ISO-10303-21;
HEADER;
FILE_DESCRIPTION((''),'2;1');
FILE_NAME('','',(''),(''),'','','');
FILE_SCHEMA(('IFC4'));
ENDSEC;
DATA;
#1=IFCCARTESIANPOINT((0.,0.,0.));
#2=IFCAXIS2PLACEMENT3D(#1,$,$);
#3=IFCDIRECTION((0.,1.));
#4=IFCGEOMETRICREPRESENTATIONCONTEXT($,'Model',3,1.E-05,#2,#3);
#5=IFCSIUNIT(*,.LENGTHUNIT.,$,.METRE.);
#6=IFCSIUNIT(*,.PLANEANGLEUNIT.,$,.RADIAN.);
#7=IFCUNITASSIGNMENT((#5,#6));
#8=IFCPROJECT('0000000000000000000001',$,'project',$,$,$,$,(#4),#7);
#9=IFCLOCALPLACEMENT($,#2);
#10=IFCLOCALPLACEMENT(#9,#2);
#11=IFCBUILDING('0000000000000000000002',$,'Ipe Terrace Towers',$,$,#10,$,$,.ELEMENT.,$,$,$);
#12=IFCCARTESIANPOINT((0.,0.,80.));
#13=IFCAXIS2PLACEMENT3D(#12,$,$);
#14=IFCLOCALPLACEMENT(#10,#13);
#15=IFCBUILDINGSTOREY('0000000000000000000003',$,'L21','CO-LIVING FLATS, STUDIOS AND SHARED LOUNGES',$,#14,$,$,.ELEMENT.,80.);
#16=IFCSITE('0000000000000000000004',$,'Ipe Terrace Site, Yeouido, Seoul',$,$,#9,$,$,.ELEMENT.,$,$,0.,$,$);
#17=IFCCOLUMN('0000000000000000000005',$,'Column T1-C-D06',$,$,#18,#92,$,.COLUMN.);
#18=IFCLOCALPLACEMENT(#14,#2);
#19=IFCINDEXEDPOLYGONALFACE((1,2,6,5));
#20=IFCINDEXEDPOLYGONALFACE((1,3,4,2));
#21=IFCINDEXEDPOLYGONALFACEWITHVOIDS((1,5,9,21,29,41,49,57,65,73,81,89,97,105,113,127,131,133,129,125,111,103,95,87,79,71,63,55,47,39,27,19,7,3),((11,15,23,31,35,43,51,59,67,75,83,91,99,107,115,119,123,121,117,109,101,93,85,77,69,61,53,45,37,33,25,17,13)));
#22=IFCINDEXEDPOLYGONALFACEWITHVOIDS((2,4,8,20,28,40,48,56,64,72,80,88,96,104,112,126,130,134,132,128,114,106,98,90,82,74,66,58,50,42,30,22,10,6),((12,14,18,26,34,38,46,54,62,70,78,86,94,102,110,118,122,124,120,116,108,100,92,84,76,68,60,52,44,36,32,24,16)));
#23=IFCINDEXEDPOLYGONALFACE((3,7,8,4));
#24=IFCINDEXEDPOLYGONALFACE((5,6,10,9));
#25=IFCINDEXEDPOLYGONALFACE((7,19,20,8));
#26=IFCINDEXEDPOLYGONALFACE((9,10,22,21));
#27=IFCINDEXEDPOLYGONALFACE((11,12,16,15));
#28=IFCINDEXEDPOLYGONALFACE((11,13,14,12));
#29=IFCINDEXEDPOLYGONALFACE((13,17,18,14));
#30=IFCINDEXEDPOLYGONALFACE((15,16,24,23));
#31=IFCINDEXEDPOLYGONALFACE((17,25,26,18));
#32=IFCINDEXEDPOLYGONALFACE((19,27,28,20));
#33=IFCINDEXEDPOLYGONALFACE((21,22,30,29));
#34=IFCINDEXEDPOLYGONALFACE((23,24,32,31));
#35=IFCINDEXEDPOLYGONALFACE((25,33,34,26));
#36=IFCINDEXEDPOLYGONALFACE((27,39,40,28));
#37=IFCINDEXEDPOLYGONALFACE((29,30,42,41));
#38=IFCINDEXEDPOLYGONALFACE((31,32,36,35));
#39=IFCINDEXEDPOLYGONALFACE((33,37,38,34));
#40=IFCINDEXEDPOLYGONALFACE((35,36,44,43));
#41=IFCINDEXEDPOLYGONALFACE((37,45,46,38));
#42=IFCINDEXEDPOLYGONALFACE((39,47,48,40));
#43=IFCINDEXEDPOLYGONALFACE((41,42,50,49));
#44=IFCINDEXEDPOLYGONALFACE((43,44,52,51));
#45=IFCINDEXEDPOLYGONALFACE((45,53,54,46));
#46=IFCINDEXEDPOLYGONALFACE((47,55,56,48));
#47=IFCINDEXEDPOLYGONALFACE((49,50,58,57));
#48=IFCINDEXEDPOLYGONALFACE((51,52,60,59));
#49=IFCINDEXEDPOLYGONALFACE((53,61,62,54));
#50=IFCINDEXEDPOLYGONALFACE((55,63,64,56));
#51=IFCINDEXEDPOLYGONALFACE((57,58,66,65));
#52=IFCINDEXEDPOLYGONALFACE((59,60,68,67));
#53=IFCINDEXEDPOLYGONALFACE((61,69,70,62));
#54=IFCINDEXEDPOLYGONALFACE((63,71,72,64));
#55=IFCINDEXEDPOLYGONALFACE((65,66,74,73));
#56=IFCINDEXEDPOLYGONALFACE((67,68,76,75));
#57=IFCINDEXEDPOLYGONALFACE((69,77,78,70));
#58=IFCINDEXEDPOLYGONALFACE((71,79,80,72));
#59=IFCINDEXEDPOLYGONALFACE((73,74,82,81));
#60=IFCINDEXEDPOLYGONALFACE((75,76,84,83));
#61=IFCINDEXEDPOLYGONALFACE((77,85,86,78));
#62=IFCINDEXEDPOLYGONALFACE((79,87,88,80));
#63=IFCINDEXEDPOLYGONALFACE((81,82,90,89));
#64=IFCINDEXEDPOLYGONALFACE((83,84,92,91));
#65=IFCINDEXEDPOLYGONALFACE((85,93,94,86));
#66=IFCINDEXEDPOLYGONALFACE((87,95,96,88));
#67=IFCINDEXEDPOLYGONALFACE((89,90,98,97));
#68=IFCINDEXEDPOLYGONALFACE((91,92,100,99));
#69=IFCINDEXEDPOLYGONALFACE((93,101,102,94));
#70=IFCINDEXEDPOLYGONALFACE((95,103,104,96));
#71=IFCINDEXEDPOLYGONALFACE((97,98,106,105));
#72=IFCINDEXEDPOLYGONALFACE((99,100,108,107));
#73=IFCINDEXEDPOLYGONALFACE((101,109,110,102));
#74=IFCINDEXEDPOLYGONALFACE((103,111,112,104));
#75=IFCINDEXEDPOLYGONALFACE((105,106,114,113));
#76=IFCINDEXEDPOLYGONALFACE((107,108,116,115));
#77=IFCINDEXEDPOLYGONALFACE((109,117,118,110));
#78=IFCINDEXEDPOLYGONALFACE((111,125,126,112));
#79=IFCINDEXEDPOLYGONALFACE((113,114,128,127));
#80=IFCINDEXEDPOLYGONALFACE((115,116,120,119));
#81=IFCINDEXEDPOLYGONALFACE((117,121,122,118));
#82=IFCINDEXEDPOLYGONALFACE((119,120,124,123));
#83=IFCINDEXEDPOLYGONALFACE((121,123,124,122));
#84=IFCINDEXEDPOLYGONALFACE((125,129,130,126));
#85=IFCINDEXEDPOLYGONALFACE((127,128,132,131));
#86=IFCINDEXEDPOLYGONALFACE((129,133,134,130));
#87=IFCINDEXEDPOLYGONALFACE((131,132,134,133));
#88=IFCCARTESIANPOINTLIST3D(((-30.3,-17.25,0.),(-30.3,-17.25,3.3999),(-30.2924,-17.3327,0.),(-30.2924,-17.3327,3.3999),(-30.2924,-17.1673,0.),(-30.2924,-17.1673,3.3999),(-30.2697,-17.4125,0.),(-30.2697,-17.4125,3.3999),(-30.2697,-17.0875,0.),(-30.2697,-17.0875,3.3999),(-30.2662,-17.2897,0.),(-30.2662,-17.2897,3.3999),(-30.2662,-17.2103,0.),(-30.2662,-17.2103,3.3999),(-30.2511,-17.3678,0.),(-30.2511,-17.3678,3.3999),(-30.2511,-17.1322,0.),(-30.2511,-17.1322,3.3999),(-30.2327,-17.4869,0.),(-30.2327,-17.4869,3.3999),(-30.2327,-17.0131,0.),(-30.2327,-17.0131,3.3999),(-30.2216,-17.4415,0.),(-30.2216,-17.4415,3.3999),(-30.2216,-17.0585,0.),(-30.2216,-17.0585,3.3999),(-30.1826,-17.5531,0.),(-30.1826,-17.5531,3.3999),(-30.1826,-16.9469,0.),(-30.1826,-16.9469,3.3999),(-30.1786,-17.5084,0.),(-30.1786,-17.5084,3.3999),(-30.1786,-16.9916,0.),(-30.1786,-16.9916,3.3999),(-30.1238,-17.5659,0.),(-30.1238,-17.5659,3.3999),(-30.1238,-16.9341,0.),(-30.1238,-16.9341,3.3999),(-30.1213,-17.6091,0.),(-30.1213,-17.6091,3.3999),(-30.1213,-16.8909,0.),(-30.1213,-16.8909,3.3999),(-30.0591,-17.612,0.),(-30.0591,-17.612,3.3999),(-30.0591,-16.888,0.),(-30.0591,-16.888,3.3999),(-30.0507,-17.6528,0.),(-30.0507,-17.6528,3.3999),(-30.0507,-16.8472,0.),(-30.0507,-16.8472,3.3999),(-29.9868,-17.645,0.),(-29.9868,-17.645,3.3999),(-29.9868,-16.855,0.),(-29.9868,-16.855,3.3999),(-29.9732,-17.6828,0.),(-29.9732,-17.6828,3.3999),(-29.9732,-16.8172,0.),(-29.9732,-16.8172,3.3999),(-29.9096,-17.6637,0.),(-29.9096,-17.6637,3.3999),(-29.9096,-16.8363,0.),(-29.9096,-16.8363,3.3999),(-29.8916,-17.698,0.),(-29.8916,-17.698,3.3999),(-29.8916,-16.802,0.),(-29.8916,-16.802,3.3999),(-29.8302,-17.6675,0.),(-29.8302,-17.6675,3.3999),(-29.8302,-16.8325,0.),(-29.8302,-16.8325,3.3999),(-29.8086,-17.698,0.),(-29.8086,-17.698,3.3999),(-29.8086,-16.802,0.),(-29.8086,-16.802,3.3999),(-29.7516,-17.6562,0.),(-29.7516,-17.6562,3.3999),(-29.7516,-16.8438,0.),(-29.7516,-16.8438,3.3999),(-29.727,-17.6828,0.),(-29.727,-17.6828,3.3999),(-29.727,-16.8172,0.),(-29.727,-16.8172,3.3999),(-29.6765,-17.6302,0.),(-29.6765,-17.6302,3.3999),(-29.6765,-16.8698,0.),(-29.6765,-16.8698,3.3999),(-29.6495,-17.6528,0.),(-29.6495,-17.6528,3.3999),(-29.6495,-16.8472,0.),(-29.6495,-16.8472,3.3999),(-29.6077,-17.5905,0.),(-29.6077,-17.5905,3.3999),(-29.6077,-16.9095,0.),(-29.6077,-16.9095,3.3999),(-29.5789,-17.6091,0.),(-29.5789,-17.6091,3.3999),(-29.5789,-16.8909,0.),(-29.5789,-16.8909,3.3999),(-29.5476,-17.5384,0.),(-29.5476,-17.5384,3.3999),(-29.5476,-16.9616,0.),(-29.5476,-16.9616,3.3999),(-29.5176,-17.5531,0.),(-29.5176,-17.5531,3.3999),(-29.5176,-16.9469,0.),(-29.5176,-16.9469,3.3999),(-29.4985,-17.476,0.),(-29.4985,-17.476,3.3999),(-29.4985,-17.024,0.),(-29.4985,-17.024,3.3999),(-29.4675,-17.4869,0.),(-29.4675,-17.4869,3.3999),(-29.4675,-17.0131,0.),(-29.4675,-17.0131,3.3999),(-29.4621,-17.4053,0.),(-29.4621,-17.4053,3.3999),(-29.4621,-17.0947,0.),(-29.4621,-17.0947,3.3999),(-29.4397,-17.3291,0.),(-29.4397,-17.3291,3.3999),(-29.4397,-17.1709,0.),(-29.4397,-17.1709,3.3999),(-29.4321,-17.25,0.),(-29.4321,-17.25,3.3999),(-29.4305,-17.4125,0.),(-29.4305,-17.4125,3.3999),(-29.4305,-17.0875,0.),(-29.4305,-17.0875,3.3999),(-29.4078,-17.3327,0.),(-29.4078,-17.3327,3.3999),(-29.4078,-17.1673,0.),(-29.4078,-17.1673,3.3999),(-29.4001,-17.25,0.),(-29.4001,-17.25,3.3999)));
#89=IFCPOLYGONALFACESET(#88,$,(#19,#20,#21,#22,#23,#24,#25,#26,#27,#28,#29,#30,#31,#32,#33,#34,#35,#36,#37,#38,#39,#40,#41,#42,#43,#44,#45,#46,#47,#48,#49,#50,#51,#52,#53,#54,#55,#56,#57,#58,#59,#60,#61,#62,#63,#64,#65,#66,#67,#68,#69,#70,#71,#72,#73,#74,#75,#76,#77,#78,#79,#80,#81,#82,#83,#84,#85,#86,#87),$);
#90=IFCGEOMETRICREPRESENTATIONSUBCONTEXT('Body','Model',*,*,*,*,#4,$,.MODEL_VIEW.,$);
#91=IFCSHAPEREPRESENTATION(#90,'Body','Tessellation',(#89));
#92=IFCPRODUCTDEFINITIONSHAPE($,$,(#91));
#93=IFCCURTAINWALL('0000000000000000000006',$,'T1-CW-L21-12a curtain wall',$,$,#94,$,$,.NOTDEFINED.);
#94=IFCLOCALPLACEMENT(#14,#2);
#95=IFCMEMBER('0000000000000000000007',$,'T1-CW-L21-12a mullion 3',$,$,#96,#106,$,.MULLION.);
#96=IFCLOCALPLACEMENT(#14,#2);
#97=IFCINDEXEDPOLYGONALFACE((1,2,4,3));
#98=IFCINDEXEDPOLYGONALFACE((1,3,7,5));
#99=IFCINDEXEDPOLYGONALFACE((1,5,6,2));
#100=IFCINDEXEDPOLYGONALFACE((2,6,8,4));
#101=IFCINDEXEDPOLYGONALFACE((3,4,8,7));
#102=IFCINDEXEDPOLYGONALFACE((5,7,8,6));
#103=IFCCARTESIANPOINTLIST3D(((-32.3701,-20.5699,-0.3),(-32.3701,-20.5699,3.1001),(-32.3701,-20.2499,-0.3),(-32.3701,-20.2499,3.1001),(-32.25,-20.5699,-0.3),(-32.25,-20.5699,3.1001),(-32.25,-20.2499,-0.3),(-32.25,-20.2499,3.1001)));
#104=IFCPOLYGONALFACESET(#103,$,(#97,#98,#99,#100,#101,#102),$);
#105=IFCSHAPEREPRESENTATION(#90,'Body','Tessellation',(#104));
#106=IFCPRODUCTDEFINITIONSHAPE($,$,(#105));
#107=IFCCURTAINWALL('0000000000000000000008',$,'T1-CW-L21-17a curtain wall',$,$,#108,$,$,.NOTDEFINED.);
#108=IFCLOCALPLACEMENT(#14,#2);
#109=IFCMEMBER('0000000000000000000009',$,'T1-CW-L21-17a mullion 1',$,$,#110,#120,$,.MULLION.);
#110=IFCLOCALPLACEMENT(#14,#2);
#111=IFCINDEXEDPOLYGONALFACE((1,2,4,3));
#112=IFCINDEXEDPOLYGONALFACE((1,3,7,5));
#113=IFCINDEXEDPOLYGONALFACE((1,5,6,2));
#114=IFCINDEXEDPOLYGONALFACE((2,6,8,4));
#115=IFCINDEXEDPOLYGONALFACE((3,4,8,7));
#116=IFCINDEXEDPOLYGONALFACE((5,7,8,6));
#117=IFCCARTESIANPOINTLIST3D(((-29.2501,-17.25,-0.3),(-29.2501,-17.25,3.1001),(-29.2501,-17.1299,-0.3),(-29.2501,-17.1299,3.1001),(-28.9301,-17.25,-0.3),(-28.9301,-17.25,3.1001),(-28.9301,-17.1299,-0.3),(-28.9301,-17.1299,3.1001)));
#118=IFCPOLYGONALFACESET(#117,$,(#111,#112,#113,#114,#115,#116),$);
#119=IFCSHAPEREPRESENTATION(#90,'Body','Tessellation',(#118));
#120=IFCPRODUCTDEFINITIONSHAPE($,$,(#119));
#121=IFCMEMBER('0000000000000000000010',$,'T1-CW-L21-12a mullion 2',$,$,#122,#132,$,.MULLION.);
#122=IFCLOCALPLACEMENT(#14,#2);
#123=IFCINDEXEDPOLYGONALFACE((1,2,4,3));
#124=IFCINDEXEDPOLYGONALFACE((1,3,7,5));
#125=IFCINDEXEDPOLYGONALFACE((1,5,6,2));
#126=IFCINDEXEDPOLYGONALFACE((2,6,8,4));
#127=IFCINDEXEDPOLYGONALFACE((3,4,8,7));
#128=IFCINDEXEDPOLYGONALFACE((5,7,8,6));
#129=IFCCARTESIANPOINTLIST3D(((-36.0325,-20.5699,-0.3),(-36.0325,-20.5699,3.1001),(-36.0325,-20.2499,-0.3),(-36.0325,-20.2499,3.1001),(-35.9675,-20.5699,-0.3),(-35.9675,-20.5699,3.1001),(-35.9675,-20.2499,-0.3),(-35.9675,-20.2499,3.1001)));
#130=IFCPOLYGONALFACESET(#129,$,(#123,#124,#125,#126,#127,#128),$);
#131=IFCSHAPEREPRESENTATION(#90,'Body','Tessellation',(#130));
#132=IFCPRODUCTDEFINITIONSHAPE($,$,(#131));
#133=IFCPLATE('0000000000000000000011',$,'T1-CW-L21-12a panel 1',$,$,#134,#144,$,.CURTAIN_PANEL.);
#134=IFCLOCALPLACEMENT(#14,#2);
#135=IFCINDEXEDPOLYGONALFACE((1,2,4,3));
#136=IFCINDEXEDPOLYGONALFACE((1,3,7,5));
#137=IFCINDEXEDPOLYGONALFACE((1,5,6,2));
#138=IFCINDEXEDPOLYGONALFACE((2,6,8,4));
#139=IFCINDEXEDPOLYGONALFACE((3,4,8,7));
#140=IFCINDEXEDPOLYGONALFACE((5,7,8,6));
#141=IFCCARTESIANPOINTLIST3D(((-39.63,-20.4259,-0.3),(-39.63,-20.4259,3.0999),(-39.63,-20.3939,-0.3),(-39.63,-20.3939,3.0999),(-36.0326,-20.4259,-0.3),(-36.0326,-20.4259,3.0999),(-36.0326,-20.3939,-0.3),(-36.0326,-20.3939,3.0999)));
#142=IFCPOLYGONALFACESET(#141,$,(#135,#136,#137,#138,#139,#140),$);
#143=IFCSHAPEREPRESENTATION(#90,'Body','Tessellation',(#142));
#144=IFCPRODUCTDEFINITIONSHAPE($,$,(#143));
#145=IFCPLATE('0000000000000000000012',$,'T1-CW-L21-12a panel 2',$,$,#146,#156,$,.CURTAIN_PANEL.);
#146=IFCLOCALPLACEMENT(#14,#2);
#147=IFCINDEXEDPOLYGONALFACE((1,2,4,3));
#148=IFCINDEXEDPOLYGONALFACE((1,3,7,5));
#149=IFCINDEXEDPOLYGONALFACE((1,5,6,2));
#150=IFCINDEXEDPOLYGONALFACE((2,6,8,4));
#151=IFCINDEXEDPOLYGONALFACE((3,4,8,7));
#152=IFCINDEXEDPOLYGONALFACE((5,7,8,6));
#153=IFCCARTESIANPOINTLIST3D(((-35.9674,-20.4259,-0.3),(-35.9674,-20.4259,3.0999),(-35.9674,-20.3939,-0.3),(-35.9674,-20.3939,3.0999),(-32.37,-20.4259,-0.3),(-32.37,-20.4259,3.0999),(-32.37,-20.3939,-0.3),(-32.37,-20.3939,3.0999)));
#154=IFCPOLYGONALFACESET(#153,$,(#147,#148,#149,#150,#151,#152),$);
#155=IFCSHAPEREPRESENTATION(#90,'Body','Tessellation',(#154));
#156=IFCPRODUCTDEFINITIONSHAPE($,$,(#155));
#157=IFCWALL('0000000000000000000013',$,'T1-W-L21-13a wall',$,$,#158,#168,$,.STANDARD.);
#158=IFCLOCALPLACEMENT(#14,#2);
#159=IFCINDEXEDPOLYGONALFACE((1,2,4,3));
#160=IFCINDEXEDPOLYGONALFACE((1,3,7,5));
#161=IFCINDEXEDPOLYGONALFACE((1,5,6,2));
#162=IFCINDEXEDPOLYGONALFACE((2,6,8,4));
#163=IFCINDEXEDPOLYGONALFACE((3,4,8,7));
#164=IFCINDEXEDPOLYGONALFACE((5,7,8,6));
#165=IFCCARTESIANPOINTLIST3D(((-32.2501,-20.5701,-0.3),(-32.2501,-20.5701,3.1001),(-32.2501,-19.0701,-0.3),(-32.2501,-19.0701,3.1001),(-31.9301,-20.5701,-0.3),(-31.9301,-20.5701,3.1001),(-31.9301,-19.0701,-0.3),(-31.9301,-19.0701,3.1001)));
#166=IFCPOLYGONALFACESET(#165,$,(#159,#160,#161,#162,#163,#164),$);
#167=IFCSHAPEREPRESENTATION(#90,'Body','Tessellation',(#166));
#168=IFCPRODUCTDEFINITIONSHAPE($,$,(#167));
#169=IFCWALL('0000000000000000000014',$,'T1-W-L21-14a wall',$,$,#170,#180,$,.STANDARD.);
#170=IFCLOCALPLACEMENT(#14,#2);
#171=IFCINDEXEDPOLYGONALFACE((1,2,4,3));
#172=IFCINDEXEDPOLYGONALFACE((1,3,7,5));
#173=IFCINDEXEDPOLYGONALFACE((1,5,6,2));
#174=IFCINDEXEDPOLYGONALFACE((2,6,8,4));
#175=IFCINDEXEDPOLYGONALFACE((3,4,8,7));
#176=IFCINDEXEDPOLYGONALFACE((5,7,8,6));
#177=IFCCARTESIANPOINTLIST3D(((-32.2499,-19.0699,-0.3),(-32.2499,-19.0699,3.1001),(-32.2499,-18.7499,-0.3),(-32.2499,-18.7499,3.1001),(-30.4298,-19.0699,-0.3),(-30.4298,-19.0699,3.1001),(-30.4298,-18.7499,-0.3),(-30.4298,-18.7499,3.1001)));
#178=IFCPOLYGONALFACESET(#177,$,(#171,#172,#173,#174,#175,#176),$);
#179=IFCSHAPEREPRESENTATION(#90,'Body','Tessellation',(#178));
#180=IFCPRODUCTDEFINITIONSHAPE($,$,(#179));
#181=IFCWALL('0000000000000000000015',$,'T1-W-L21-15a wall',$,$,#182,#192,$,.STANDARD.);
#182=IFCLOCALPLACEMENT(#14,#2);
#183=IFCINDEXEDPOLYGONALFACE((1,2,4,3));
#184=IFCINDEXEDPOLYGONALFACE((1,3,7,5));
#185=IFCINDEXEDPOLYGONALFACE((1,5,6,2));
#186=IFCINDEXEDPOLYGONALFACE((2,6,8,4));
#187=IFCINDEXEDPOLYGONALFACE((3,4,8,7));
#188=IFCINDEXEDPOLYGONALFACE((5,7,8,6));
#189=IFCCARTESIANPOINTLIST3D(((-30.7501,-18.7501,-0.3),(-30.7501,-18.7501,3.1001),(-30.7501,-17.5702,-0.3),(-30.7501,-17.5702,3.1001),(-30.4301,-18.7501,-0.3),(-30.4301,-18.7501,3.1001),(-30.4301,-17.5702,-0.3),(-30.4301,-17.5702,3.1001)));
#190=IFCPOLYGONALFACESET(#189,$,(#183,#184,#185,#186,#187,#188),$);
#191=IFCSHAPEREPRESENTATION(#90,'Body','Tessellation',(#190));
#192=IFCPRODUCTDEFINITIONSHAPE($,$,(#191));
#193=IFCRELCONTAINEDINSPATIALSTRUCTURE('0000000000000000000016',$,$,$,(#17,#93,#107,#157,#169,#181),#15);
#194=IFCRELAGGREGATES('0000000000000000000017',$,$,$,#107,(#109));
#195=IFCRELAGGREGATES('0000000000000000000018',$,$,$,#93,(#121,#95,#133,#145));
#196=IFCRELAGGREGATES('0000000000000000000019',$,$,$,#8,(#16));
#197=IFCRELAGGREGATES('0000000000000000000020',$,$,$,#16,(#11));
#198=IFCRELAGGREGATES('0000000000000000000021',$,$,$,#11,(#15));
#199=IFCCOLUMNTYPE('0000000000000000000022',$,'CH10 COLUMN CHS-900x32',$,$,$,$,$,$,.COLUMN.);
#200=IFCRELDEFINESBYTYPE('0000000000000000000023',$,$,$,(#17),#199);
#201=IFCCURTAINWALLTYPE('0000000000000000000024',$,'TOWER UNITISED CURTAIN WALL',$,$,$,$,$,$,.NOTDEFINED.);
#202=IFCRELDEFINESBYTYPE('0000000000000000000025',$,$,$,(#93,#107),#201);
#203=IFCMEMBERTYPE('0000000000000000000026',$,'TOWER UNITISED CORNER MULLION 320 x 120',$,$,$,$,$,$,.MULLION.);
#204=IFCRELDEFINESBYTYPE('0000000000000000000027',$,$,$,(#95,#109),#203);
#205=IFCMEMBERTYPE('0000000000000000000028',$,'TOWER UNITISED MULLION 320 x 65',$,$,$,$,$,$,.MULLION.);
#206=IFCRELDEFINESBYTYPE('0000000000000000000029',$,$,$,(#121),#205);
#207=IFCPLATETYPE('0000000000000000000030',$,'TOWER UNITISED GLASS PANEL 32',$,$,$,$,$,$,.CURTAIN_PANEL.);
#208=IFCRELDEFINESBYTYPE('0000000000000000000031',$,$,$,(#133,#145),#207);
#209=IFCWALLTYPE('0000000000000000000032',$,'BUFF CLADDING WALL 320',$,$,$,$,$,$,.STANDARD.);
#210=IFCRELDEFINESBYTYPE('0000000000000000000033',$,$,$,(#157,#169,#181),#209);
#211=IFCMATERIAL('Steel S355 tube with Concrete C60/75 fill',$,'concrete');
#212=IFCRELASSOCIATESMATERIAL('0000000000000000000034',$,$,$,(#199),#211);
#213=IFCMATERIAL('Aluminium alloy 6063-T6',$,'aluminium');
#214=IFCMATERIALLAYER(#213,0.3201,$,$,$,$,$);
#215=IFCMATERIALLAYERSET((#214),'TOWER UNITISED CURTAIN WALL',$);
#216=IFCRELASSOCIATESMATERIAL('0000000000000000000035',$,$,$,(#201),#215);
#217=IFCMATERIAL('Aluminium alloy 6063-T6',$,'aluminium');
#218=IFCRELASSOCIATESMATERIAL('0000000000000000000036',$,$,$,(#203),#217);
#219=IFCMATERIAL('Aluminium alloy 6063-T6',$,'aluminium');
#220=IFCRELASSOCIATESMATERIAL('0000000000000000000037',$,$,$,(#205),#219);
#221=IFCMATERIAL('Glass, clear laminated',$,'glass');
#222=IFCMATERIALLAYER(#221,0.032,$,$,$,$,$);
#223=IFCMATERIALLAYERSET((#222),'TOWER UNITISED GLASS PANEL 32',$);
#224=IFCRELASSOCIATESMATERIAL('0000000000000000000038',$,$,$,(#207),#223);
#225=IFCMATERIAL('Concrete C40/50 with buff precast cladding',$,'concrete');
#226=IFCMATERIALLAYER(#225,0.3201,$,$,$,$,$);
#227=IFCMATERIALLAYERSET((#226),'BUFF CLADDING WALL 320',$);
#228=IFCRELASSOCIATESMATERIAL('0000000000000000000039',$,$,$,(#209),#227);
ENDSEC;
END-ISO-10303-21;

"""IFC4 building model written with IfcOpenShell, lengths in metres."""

from ifc_helpers import new_model, si_unit, direction, frame, frame_2d, origin, origin_2d, place, context, subcontext, project, spatial, rectangle, hollow_circle, extrude, material, layer, layer_set, material_profile, profile_set, type_object, element, aggregate, save


model = new_model("IFC4")

# Units and contexts
model_context = context("Model", 3, precision=1e-05, world=origin(), true_north=direction((0.0, 1.0)))
body_context = subcontext(model_context, "Body", "Model", "MODEL_VIEW")
ifc_project = project(units=[si_unit("LENGTHUNIT", "METRE"), si_unit("PLANEANGLEUNIT", "RADIAN")], contexts=[model_context])

# Site, building, storey
site_placement = place(None, origin())
site = spatial("IfcSite", under=ifc_project, at=site_placement, Name="Ipe Terrace Site, Yeouido, Seoul", CompositionType="ELEMENT", RefElevation=0.0)
building_placement = place(site_placement, origin())
building = spatial("IfcBuilding", under=site, at=building_placement, Name="Ipe Terrace Towers", CompositionType="ELEMENT")
storey_placement = place(building_placement, frame((0.0, 0.0, 80.0)))
storey = spatial("IfcBuildingStorey", under=building, at=storey_placement, Name="L21", Description="CO-LIVING FLATS, STUDIOS AND SHARED LOUNGES", CompositionType="ELEMENT", Elevation=80.0)

# Column
ifc_material_1 = material(Name="Steel S355 tube with Concrete C60/75 fill", Category="concrete")
ifc_material_profile_1 = material_profile(ifc_material_1, hollow_circle(Radius=0.45, WallThickness=0.032, at=origin_2d()), Name="CHS-900x32")
ifc_profile_set_1 = profile_set([ifc_material_profile_1], Name="Steel S355 tube with Concrete C60/75 fill")
column_type = type_object("IfcColumnType", Name="CH10 COLUMN CHS-900x32", PredefinedType="COLUMN", material=ifc_profile_set_1)
column_placement = place(storey_placement, frame((-29.8501, -17.25, 0.0), z_axis=(0.0, 0.0, 1.0), x_axis=(1.0, 0.0, 0.0)))
element("IfcColumn", 1, at=column_placement, inside=storey, type_object=column_type, Name="Column T1-C-D06", PredefinedType="COLUMN", context=body_context, shape_type="SweptSolid", body=[
    extrude(hollow_circle(Radius=0.45, WallThickness=0.032, at=origin_2d()), origin(), (0.0, 0.0, 1.0), 3.3999),
])

# Curtain walls, members
ifc_material_2 = material(Name="Aluminium alloy 6063-T6", Category="aluminium")
ifc_layer_1 = layer(ifc_material_2, 0.3201)
ifc_layer_set_1 = layer_set([ifc_layer_1], Name="TOWER UNITISED CURTAIN WALL")
curtain_wall_type = type_object("IfcCurtainWallType", Name="TOWER UNITISED CURTAIN WALL", PredefinedType="NOTDEFINED", material=ifc_layer_set_1)
curtain_wall_1_placement = place(storey_placement, origin())
curtain_wall_1 = element("IfcCurtainWall", 2, at=curtain_wall_1_placement, inside=storey, type_object=curtain_wall_type, Name="T1-CW-L21-12a curtain wall", PredefinedType="NOTDEFINED")
ifc_material_3 = material(Name="Aluminium alloy 6063-T6", Category="aluminium")
ifc_material_profile_2 = material_profile(ifc_material_3, rectangle(XDim=0.3201, YDim=0.1201, at=origin_2d()), Name="TOWER UNITISED CORNER MULLION 320 x 120")
ifc_profile_set_2 = profile_set([ifc_material_profile_2], Name="Aluminium alloy 6063-T6")
member_type_1 = type_object("IfcMemberType", Name="TOWER UNITISED CORNER MULLION 320 x 120", PredefinedType="MULLION", material=ifc_profile_set_2)
member_1_placement = place(storey_placement, frame((-32.3101, -20.4099, -0.3), z_axis=(0.0, 0.0, 1.0), x_axis=(0.0, -1.0, 0.0)))
member_1 = element("IfcMember", 3, at=member_1_placement, type_object=member_type_1, Name="T1-CW-L21-12a mullion 3", PredefinedType="MULLION", context=body_context, shape_type="SweptSolid", body=[
    extrude(rectangle(XDim=0.3201, YDim=0.1201, at=origin_2d()), origin(), (0.0, 0.0, 1.0), 3.4001),
])
curtain_wall_2_placement = place(storey_placement, origin())
curtain_wall_2 = element("IfcCurtainWall", 4, at=curtain_wall_2_placement, inside=storey, type_object=curtain_wall_type, Name="T1-CW-L21-17a curtain wall", PredefinedType="NOTDEFINED")
member_2_placement = place(storey_placement, frame((-29.0901, -17.1899, -0.3), z_axis=(0.0, 0.0, 1.0), x_axis=(1.0, 0.0, 0.0)))
member_2 = element("IfcMember", 5, at=member_2_placement, type_object=member_type_1, Name="T1-CW-L21-17a mullion 1", PredefinedType="MULLION", context=body_context, shape_type="SweptSolid", body=[
    extrude(rectangle(XDim=0.3201, YDim=0.1201, at=origin_2d()), origin(), (0.0, 0.0, 1.0), 3.4001),
])
aggregate(curtain_wall_2, [member_2])

# Member
ifc_material_4 = material(Name="Aluminium alloy 6063-T6", Category="aluminium")
ifc_material_profile_3 = material_profile(ifc_material_4, rectangle(XDim=0.3201, YDim=0.0649, at=origin_2d()), Name="TOWER UNITISED MULLION 320 x 65")
ifc_profile_set_3 = profile_set([ifc_material_profile_3], Name="Aluminium alloy 6063-T6")
member_type_2 = type_object("IfcMemberType", Name="TOWER UNITISED MULLION 320 x 65", PredefinedType="MULLION", material=ifc_profile_set_3)
member_3_placement = place(storey_placement, frame((-36.0, -20.4099, -0.3), z_axis=(0.0, 0.0, 1.0), x_axis=(0.0, -1.0, 0.0)))
member_3 = element("IfcMember", 6, at=member_3_placement, type_object=member_type_2, Name="T1-CW-L21-12a mullion 2", PredefinedType="MULLION", context=body_context, shape_type="SweptSolid", body=[
    extrude(rectangle(XDim=0.3201, YDim=0.0649, at=origin_2d()), origin(), (0.0, 0.0, 1.0), 3.4001),
])

# Plates
ifc_material_5 = material(Name="Glass, clear laminated", Category="glass")
ifc_layer_2 = layer(ifc_material_5, 0.032)
ifc_layer_set_2 = layer_set([ifc_layer_2], Name="TOWER UNITISED GLASS PANEL 32")
plate_type = type_object("IfcPlateType", Name="TOWER UNITISED GLASS PANEL 32", PredefinedType="CURTAIN_PANEL", material=ifc_layer_set_2)
plate_1_placement = place(storey_placement, frame((-37.8313, -20.4099, -0.3), z_axis=(0.0, 0.0, 1.0), x_axis=(1.0, 0.0, 0.0)))
plate_1 = element("IfcPlate", 7, at=plate_1_placement, type_object=plate_type, Name="T1-CW-L21-12a panel 1", PredefinedType="CURTAIN_PANEL", context=body_context, shape_type="SweptSolid", body=[
    extrude(rectangle(XDim=3.5974, YDim=0.032, at=origin_2d()), origin(), (0.0, 0.0, 1.0), 3.3999),
])
plate_2_placement = place(storey_placement, frame((-34.1687, -20.4099, -0.3), z_axis=(0.0, 0.0, 1.0), x_axis=(1.0, 0.0, 0.0)))
plate_2 = element("IfcPlate", 8, at=plate_2_placement, type_object=plate_type, Name="T1-CW-L21-12a panel 2", PredefinedType="CURTAIN_PANEL", context=body_context, shape_type="SweptSolid", body=[
    extrude(rectangle(XDim=3.5974, YDim=0.032, at=origin_2d()), origin(), (0.0, 0.0, 1.0), 3.3999),
])
aggregate(curtain_wall_1, [member_3, member_1, plate_1, plate_2])

# Walls
ifc_material_6 = material(Name="Concrete C40/50 with buff precast cladding", Category="concrete")
ifc_layer_3 = layer(ifc_material_6, 0.3201)
ifc_layer_set_3 = layer_set([ifc_layer_3], Name="BUFF CLADDING WALL 320")
wall_type_1 = type_object("IfcWallType", Name="BUFF CLADDING WALL 320", PredefinedType="STANDARD", material=ifc_layer_set_3)
wall_1_placement = place(storey_placement, frame((-32.0901, -20.5701, -0.3), z_axis=(0.0, 0.0, 1.0), x_axis=(0.0, 1.0, 0.0)))
element("IfcWall", 9, at=wall_1_placement, inside=storey, type_object=wall_type_1, Name="T1-W-L21-13a wall", PredefinedType="STANDARD", context=body_context, shape_type="SweptSolid", body=[
    extrude(rectangle(XDim=1.5, YDim=0.3201, at=frame_2d((0.75, 0.0))), origin(), (0.0, 0.0, 1.0), 3.4001),
])
wall_2_placement = place(storey_placement, frame((-32.25, -18.9099, -0.3), z_axis=(0.0, 0.0, 1.0), x_axis=(1.0, 0.0, 0.0)))
element("IfcWall", 10, at=wall_2_placement, inside=storey, type_object=wall_type_1, Name="T1-W-L21-14a wall", PredefinedType="STANDARD", context=body_context, shape_type="SweptSolid", body=[
    extrude(rectangle(XDim=1.8201, YDim=0.3201, at=frame_2d((0.9102, 0.0))), origin(), (0.0, 0.0, 1.0), 3.4001),
])
wall_3_placement = place(storey_placement, frame((-30.5901, -18.75, -0.3), z_axis=(0.0, 0.0, 1.0), x_axis=(0.0, 1.0, 0.0)))
element("IfcWall", 11, at=wall_3_placement, inside=storey, type_object=wall_type_1, Name="T1-W-L21-15a wall", PredefinedType="STANDARD", context=body_context, shape_type="SweptSolid", body=[
    extrude(rectangle(XDim=1.1799, YDim=0.3201, at=frame_2d((0.5898, 0.0))), origin(), (0.0, 0.0, 1.0), 3.4001),
])

save(model, "model.ifc")
